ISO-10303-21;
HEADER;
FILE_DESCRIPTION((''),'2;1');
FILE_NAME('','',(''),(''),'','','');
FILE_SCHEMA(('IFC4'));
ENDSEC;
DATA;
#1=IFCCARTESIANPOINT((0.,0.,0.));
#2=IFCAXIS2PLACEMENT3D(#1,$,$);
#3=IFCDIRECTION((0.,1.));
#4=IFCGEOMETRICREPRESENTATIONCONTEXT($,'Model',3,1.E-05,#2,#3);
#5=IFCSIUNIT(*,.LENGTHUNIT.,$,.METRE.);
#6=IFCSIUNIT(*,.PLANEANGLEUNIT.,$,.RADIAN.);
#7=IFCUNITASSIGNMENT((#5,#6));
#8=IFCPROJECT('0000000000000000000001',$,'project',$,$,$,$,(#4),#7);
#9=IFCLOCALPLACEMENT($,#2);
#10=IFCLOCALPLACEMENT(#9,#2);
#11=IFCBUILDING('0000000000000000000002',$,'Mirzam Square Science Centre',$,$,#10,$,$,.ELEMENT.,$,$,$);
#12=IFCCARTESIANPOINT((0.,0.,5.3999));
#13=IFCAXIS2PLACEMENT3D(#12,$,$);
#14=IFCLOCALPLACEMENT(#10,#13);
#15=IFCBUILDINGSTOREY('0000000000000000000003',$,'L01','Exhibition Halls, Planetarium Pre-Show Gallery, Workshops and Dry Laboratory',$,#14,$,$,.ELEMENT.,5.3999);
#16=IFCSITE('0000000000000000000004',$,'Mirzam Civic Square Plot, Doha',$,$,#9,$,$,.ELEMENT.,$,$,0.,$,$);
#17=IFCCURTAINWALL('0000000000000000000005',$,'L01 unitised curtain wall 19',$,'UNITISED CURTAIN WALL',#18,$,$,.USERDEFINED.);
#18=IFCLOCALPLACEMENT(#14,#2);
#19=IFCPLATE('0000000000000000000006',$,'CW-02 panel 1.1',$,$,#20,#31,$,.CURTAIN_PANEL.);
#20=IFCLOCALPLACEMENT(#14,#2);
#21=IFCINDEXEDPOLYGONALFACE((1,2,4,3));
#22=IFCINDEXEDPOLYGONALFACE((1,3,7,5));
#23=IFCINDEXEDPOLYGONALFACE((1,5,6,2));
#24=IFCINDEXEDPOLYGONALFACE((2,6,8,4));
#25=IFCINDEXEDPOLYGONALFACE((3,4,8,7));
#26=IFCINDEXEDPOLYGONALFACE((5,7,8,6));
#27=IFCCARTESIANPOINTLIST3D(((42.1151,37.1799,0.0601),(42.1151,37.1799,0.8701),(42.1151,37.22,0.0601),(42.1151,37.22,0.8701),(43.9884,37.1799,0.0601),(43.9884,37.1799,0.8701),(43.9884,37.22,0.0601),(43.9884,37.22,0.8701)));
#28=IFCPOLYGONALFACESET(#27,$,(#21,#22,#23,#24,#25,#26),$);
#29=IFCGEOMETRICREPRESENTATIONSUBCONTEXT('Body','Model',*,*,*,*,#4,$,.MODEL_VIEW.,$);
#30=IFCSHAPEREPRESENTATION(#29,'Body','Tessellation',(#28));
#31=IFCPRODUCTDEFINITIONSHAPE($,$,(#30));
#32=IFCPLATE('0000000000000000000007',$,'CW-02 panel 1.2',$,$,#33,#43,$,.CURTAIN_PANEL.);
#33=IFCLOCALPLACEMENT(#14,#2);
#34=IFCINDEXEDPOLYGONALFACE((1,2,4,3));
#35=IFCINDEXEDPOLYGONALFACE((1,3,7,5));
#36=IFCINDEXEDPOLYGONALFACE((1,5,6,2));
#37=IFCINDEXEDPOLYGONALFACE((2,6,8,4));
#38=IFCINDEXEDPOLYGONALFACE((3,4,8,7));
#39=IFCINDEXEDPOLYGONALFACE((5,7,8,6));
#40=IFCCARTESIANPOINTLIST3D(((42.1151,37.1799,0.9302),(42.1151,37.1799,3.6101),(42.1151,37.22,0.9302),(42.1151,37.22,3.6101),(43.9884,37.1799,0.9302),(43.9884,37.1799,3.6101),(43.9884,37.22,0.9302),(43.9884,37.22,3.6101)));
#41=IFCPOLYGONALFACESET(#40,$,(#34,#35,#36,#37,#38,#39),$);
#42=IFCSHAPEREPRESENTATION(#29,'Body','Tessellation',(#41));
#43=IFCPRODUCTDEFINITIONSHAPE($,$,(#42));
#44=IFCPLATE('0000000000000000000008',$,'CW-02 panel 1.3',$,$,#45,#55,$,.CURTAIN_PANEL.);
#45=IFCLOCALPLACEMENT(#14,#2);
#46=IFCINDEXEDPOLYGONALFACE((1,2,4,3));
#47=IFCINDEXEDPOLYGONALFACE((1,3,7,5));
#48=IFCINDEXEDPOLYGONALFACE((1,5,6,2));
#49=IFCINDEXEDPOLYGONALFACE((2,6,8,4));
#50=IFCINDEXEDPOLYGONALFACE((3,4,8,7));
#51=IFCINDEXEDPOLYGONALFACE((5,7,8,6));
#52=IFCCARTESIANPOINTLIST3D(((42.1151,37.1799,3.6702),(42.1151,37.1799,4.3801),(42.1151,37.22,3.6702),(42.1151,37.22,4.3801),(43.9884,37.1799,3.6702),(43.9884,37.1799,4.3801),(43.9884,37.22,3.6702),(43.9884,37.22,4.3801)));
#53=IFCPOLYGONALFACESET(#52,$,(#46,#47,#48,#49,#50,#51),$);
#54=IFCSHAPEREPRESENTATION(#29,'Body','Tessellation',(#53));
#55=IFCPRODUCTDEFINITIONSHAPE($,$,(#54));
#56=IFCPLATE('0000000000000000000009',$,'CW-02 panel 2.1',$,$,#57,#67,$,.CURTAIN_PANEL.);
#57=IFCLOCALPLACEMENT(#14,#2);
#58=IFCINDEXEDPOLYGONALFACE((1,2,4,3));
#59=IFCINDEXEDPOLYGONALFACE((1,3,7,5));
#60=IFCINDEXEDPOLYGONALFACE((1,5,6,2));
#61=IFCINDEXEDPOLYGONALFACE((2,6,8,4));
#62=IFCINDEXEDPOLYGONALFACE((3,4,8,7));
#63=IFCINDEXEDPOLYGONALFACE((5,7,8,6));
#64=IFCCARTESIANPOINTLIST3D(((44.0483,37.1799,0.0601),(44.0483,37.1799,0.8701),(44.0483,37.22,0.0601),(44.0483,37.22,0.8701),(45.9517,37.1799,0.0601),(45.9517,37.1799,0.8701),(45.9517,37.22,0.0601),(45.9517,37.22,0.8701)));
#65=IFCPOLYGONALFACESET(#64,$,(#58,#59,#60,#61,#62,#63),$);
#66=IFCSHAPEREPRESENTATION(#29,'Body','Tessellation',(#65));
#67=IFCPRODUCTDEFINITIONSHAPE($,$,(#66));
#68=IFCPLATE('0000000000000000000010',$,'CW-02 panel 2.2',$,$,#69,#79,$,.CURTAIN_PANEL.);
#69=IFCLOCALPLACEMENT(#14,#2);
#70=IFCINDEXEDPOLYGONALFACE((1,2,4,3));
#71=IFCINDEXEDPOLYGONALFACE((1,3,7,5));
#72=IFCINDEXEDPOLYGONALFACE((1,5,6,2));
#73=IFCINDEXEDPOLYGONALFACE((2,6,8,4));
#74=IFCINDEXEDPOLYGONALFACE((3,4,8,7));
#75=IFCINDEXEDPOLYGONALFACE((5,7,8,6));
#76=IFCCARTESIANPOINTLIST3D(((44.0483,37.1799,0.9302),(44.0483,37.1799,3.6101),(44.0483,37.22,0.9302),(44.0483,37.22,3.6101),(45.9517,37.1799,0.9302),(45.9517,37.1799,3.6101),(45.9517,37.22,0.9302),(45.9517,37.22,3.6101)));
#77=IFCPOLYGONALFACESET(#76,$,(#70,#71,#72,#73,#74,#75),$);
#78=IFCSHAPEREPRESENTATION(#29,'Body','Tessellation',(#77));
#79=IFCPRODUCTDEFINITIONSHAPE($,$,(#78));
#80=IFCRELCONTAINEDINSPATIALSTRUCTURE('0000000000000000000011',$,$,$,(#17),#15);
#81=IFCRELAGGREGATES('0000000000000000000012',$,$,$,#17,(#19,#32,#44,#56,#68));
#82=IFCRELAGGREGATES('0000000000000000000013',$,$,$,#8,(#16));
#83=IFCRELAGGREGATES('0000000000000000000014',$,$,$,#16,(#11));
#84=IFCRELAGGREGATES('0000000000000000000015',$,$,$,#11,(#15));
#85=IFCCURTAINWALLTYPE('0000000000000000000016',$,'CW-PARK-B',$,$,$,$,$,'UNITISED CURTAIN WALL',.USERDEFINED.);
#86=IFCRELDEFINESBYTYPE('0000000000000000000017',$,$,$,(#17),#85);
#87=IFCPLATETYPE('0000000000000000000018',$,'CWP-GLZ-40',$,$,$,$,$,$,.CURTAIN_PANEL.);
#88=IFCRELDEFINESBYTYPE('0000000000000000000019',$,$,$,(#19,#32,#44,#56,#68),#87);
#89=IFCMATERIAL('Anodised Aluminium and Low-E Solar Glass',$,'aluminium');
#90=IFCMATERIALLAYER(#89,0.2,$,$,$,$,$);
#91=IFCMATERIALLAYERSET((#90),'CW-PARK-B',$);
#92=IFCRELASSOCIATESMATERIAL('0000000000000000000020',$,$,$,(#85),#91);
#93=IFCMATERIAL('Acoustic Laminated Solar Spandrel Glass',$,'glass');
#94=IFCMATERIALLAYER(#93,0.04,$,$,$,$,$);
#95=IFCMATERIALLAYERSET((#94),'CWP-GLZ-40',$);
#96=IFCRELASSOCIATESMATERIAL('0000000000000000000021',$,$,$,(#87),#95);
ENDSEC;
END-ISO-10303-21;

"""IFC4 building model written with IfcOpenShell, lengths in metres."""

from ifc_helpers import new_model, si_unit, direction, frame, origin, origin_2d, place, context, subcontext, project, spatial, rectangle, extrude, material, layer, layer_set, type_object, element, aggregate, save


model = new_model("IFC4")

# Units and contexts
model_context = context("Model", 3, precision=1e-05, world=origin(), true_north=direction((0.0, 1.0)))
body_context = subcontext(model_context, "Body", "Model", "MODEL_VIEW")
ifc_project = project(units=[si_unit("LENGTHUNIT", "METRE"), si_unit("PLANEANGLEUNIT", "RADIAN")], contexts=[model_context])

# Site, building, storey
site_placement = place(None, origin())
site = spatial("IfcSite", under=ifc_project, at=site_placement, Name="Mirzam Civic Square Plot, Doha", CompositionType="ELEMENT", RefElevation=0.0)
building_placement = place(site_placement, origin())
building = spatial("IfcBuilding", under=site, at=building_placement, Name="Mirzam Square Science Centre", CompositionType="ELEMENT")
storey_placement = place(building_placement, frame((0.0, 0.0, 5.3999)))
storey = spatial("IfcBuildingStorey", under=building, at=storey_placement, Name="L01", Description="Exhibition Halls, Planetarium Pre-Show Gallery, Workshops and Dry Laboratory", CompositionType="ELEMENT", Elevation=5.3999)

# Curtain wall
ifc_material_1 = material(Name="Anodised Aluminium and Low-E Solar Glass", Category="aluminium")
ifc_layer_1 = layer(ifc_material_1, 0.2)
ifc_layer_set_1 = layer_set([ifc_layer_1], Name="CW-PARK-B")
curtain_wall_type = type_object("IfcCurtainWallType", Name="CW-PARK-B", ElementType="UNITISED CURTAIN WALL", PredefinedType="USERDEFINED", material=ifc_layer_set_1)
curtain_wall_placement = place(storey_placement, origin())
curtain_wall = element("IfcCurtainWall", 1, at=curtain_wall_placement, inside=storey, type_object=curtain_wall_type, Name="L01 unitised curtain wall 19", ObjectType="UNITISED CURTAIN WALL", PredefinedType="USERDEFINED")

# Plates
ifc_material_2 = material(Name="Acoustic Laminated Solar Spandrel Glass", Category="glass")
ifc_layer_2 = layer(ifc_material_2, 0.04)
ifc_layer_set_2 = layer_set([ifc_layer_2], Name="CWP-GLZ-40")
plate_type = type_object("IfcPlateType", Name="CWP-GLZ-40", PredefinedType="CURTAIN_PANEL", material=ifc_layer_set_2)
plate_1_placement = place(storey_placement, frame((43.0518, 37.2, 0.0601), z_axis=(0.0, 0.0, 1.0), x_axis=(1.0, 0.0, 0.0)))
plate_1 = element("IfcPlate", 2, at=plate_1_placement, type_object=plate_type, Name="CW-02 panel 1.1", PredefinedType="CURTAIN_PANEL", context=body_context, shape_type="SweptSolid", body=[
    extrude(rectangle(XDim=1.8733, YDim=0.04, at=origin_2d()), origin(), (0.0, 0.0, 1.0), 0.8101),
])
plate_2_placement = place(storey_placement, frame((43.0518, 37.2, 0.9302), z_axis=(0.0, 0.0, 1.0), x_axis=(1.0, 0.0, 0.0)))
plate_2 = element("IfcPlate", 3, at=plate_2_placement, type_object=plate_type, Name="CW-02 panel 1.2", PredefinedType="CURTAIN_PANEL", context=body_context, shape_type="SweptSolid", body=[
    extrude(rectangle(XDim=1.8733, YDim=0.04, at=origin_2d()), origin(), (0.0, 0.0, 1.0), 2.6799),
])
plate_3_placement = place(storey_placement, frame((43.0518, 37.2, 3.6702), z_axis=(0.0, 0.0, 1.0), x_axis=(1.0, 0.0, 0.0)))
plate_3 = element("IfcPlate", 4, at=plate_3_placement, type_object=plate_type, Name="CW-02 panel 1.3", PredefinedType="CURTAIN_PANEL", context=body_context, shape_type="SweptSolid", body=[
    extrude(rectangle(XDim=1.8733, YDim=0.04, at=origin_2d()), origin(), (0.0, 0.0, 1.0), 0.71),
])
plate_4_placement = place(storey_placement, frame((45.0, 37.2, 0.0601), z_axis=(0.0, 0.0, 1.0), x_axis=(1.0, 0.0, 0.0)))
plate_4 = element("IfcPlate", 5, at=plate_4_placement, type_object=plate_type, Name="CW-02 panel 2.1", PredefinedType="CURTAIN_PANEL", context=body_context, shape_type="SweptSolid", body=[
    extrude(rectangle(XDim=1.9033, YDim=0.04, at=origin_2d()), origin(), (0.0, 0.0, 1.0), 0.8101),
])
plate_5_placement = place(storey_placement, frame((45.0, 37.2, 0.9302), z_axis=(0.0, 0.0, 1.0), x_axis=(1.0, 0.0, 0.0)))
plate_5 = element("IfcPlate", 6, at=plate_5_placement, type_object=plate_type, Name="CW-02 panel 2.2", PredefinedType="CURTAIN_PANEL", context=body_context, shape_type="SweptSolid", body=[
    extrude(rectangle(XDim=1.9033, YDim=0.04, at=origin_2d()), origin(), (0.0, 0.0, 1.0), 2.6799),
])
aggregate(curtain_wall, [plate_1, plate_2, plate_3, plate_4, plate_5])

save(model, "model.ifc")
